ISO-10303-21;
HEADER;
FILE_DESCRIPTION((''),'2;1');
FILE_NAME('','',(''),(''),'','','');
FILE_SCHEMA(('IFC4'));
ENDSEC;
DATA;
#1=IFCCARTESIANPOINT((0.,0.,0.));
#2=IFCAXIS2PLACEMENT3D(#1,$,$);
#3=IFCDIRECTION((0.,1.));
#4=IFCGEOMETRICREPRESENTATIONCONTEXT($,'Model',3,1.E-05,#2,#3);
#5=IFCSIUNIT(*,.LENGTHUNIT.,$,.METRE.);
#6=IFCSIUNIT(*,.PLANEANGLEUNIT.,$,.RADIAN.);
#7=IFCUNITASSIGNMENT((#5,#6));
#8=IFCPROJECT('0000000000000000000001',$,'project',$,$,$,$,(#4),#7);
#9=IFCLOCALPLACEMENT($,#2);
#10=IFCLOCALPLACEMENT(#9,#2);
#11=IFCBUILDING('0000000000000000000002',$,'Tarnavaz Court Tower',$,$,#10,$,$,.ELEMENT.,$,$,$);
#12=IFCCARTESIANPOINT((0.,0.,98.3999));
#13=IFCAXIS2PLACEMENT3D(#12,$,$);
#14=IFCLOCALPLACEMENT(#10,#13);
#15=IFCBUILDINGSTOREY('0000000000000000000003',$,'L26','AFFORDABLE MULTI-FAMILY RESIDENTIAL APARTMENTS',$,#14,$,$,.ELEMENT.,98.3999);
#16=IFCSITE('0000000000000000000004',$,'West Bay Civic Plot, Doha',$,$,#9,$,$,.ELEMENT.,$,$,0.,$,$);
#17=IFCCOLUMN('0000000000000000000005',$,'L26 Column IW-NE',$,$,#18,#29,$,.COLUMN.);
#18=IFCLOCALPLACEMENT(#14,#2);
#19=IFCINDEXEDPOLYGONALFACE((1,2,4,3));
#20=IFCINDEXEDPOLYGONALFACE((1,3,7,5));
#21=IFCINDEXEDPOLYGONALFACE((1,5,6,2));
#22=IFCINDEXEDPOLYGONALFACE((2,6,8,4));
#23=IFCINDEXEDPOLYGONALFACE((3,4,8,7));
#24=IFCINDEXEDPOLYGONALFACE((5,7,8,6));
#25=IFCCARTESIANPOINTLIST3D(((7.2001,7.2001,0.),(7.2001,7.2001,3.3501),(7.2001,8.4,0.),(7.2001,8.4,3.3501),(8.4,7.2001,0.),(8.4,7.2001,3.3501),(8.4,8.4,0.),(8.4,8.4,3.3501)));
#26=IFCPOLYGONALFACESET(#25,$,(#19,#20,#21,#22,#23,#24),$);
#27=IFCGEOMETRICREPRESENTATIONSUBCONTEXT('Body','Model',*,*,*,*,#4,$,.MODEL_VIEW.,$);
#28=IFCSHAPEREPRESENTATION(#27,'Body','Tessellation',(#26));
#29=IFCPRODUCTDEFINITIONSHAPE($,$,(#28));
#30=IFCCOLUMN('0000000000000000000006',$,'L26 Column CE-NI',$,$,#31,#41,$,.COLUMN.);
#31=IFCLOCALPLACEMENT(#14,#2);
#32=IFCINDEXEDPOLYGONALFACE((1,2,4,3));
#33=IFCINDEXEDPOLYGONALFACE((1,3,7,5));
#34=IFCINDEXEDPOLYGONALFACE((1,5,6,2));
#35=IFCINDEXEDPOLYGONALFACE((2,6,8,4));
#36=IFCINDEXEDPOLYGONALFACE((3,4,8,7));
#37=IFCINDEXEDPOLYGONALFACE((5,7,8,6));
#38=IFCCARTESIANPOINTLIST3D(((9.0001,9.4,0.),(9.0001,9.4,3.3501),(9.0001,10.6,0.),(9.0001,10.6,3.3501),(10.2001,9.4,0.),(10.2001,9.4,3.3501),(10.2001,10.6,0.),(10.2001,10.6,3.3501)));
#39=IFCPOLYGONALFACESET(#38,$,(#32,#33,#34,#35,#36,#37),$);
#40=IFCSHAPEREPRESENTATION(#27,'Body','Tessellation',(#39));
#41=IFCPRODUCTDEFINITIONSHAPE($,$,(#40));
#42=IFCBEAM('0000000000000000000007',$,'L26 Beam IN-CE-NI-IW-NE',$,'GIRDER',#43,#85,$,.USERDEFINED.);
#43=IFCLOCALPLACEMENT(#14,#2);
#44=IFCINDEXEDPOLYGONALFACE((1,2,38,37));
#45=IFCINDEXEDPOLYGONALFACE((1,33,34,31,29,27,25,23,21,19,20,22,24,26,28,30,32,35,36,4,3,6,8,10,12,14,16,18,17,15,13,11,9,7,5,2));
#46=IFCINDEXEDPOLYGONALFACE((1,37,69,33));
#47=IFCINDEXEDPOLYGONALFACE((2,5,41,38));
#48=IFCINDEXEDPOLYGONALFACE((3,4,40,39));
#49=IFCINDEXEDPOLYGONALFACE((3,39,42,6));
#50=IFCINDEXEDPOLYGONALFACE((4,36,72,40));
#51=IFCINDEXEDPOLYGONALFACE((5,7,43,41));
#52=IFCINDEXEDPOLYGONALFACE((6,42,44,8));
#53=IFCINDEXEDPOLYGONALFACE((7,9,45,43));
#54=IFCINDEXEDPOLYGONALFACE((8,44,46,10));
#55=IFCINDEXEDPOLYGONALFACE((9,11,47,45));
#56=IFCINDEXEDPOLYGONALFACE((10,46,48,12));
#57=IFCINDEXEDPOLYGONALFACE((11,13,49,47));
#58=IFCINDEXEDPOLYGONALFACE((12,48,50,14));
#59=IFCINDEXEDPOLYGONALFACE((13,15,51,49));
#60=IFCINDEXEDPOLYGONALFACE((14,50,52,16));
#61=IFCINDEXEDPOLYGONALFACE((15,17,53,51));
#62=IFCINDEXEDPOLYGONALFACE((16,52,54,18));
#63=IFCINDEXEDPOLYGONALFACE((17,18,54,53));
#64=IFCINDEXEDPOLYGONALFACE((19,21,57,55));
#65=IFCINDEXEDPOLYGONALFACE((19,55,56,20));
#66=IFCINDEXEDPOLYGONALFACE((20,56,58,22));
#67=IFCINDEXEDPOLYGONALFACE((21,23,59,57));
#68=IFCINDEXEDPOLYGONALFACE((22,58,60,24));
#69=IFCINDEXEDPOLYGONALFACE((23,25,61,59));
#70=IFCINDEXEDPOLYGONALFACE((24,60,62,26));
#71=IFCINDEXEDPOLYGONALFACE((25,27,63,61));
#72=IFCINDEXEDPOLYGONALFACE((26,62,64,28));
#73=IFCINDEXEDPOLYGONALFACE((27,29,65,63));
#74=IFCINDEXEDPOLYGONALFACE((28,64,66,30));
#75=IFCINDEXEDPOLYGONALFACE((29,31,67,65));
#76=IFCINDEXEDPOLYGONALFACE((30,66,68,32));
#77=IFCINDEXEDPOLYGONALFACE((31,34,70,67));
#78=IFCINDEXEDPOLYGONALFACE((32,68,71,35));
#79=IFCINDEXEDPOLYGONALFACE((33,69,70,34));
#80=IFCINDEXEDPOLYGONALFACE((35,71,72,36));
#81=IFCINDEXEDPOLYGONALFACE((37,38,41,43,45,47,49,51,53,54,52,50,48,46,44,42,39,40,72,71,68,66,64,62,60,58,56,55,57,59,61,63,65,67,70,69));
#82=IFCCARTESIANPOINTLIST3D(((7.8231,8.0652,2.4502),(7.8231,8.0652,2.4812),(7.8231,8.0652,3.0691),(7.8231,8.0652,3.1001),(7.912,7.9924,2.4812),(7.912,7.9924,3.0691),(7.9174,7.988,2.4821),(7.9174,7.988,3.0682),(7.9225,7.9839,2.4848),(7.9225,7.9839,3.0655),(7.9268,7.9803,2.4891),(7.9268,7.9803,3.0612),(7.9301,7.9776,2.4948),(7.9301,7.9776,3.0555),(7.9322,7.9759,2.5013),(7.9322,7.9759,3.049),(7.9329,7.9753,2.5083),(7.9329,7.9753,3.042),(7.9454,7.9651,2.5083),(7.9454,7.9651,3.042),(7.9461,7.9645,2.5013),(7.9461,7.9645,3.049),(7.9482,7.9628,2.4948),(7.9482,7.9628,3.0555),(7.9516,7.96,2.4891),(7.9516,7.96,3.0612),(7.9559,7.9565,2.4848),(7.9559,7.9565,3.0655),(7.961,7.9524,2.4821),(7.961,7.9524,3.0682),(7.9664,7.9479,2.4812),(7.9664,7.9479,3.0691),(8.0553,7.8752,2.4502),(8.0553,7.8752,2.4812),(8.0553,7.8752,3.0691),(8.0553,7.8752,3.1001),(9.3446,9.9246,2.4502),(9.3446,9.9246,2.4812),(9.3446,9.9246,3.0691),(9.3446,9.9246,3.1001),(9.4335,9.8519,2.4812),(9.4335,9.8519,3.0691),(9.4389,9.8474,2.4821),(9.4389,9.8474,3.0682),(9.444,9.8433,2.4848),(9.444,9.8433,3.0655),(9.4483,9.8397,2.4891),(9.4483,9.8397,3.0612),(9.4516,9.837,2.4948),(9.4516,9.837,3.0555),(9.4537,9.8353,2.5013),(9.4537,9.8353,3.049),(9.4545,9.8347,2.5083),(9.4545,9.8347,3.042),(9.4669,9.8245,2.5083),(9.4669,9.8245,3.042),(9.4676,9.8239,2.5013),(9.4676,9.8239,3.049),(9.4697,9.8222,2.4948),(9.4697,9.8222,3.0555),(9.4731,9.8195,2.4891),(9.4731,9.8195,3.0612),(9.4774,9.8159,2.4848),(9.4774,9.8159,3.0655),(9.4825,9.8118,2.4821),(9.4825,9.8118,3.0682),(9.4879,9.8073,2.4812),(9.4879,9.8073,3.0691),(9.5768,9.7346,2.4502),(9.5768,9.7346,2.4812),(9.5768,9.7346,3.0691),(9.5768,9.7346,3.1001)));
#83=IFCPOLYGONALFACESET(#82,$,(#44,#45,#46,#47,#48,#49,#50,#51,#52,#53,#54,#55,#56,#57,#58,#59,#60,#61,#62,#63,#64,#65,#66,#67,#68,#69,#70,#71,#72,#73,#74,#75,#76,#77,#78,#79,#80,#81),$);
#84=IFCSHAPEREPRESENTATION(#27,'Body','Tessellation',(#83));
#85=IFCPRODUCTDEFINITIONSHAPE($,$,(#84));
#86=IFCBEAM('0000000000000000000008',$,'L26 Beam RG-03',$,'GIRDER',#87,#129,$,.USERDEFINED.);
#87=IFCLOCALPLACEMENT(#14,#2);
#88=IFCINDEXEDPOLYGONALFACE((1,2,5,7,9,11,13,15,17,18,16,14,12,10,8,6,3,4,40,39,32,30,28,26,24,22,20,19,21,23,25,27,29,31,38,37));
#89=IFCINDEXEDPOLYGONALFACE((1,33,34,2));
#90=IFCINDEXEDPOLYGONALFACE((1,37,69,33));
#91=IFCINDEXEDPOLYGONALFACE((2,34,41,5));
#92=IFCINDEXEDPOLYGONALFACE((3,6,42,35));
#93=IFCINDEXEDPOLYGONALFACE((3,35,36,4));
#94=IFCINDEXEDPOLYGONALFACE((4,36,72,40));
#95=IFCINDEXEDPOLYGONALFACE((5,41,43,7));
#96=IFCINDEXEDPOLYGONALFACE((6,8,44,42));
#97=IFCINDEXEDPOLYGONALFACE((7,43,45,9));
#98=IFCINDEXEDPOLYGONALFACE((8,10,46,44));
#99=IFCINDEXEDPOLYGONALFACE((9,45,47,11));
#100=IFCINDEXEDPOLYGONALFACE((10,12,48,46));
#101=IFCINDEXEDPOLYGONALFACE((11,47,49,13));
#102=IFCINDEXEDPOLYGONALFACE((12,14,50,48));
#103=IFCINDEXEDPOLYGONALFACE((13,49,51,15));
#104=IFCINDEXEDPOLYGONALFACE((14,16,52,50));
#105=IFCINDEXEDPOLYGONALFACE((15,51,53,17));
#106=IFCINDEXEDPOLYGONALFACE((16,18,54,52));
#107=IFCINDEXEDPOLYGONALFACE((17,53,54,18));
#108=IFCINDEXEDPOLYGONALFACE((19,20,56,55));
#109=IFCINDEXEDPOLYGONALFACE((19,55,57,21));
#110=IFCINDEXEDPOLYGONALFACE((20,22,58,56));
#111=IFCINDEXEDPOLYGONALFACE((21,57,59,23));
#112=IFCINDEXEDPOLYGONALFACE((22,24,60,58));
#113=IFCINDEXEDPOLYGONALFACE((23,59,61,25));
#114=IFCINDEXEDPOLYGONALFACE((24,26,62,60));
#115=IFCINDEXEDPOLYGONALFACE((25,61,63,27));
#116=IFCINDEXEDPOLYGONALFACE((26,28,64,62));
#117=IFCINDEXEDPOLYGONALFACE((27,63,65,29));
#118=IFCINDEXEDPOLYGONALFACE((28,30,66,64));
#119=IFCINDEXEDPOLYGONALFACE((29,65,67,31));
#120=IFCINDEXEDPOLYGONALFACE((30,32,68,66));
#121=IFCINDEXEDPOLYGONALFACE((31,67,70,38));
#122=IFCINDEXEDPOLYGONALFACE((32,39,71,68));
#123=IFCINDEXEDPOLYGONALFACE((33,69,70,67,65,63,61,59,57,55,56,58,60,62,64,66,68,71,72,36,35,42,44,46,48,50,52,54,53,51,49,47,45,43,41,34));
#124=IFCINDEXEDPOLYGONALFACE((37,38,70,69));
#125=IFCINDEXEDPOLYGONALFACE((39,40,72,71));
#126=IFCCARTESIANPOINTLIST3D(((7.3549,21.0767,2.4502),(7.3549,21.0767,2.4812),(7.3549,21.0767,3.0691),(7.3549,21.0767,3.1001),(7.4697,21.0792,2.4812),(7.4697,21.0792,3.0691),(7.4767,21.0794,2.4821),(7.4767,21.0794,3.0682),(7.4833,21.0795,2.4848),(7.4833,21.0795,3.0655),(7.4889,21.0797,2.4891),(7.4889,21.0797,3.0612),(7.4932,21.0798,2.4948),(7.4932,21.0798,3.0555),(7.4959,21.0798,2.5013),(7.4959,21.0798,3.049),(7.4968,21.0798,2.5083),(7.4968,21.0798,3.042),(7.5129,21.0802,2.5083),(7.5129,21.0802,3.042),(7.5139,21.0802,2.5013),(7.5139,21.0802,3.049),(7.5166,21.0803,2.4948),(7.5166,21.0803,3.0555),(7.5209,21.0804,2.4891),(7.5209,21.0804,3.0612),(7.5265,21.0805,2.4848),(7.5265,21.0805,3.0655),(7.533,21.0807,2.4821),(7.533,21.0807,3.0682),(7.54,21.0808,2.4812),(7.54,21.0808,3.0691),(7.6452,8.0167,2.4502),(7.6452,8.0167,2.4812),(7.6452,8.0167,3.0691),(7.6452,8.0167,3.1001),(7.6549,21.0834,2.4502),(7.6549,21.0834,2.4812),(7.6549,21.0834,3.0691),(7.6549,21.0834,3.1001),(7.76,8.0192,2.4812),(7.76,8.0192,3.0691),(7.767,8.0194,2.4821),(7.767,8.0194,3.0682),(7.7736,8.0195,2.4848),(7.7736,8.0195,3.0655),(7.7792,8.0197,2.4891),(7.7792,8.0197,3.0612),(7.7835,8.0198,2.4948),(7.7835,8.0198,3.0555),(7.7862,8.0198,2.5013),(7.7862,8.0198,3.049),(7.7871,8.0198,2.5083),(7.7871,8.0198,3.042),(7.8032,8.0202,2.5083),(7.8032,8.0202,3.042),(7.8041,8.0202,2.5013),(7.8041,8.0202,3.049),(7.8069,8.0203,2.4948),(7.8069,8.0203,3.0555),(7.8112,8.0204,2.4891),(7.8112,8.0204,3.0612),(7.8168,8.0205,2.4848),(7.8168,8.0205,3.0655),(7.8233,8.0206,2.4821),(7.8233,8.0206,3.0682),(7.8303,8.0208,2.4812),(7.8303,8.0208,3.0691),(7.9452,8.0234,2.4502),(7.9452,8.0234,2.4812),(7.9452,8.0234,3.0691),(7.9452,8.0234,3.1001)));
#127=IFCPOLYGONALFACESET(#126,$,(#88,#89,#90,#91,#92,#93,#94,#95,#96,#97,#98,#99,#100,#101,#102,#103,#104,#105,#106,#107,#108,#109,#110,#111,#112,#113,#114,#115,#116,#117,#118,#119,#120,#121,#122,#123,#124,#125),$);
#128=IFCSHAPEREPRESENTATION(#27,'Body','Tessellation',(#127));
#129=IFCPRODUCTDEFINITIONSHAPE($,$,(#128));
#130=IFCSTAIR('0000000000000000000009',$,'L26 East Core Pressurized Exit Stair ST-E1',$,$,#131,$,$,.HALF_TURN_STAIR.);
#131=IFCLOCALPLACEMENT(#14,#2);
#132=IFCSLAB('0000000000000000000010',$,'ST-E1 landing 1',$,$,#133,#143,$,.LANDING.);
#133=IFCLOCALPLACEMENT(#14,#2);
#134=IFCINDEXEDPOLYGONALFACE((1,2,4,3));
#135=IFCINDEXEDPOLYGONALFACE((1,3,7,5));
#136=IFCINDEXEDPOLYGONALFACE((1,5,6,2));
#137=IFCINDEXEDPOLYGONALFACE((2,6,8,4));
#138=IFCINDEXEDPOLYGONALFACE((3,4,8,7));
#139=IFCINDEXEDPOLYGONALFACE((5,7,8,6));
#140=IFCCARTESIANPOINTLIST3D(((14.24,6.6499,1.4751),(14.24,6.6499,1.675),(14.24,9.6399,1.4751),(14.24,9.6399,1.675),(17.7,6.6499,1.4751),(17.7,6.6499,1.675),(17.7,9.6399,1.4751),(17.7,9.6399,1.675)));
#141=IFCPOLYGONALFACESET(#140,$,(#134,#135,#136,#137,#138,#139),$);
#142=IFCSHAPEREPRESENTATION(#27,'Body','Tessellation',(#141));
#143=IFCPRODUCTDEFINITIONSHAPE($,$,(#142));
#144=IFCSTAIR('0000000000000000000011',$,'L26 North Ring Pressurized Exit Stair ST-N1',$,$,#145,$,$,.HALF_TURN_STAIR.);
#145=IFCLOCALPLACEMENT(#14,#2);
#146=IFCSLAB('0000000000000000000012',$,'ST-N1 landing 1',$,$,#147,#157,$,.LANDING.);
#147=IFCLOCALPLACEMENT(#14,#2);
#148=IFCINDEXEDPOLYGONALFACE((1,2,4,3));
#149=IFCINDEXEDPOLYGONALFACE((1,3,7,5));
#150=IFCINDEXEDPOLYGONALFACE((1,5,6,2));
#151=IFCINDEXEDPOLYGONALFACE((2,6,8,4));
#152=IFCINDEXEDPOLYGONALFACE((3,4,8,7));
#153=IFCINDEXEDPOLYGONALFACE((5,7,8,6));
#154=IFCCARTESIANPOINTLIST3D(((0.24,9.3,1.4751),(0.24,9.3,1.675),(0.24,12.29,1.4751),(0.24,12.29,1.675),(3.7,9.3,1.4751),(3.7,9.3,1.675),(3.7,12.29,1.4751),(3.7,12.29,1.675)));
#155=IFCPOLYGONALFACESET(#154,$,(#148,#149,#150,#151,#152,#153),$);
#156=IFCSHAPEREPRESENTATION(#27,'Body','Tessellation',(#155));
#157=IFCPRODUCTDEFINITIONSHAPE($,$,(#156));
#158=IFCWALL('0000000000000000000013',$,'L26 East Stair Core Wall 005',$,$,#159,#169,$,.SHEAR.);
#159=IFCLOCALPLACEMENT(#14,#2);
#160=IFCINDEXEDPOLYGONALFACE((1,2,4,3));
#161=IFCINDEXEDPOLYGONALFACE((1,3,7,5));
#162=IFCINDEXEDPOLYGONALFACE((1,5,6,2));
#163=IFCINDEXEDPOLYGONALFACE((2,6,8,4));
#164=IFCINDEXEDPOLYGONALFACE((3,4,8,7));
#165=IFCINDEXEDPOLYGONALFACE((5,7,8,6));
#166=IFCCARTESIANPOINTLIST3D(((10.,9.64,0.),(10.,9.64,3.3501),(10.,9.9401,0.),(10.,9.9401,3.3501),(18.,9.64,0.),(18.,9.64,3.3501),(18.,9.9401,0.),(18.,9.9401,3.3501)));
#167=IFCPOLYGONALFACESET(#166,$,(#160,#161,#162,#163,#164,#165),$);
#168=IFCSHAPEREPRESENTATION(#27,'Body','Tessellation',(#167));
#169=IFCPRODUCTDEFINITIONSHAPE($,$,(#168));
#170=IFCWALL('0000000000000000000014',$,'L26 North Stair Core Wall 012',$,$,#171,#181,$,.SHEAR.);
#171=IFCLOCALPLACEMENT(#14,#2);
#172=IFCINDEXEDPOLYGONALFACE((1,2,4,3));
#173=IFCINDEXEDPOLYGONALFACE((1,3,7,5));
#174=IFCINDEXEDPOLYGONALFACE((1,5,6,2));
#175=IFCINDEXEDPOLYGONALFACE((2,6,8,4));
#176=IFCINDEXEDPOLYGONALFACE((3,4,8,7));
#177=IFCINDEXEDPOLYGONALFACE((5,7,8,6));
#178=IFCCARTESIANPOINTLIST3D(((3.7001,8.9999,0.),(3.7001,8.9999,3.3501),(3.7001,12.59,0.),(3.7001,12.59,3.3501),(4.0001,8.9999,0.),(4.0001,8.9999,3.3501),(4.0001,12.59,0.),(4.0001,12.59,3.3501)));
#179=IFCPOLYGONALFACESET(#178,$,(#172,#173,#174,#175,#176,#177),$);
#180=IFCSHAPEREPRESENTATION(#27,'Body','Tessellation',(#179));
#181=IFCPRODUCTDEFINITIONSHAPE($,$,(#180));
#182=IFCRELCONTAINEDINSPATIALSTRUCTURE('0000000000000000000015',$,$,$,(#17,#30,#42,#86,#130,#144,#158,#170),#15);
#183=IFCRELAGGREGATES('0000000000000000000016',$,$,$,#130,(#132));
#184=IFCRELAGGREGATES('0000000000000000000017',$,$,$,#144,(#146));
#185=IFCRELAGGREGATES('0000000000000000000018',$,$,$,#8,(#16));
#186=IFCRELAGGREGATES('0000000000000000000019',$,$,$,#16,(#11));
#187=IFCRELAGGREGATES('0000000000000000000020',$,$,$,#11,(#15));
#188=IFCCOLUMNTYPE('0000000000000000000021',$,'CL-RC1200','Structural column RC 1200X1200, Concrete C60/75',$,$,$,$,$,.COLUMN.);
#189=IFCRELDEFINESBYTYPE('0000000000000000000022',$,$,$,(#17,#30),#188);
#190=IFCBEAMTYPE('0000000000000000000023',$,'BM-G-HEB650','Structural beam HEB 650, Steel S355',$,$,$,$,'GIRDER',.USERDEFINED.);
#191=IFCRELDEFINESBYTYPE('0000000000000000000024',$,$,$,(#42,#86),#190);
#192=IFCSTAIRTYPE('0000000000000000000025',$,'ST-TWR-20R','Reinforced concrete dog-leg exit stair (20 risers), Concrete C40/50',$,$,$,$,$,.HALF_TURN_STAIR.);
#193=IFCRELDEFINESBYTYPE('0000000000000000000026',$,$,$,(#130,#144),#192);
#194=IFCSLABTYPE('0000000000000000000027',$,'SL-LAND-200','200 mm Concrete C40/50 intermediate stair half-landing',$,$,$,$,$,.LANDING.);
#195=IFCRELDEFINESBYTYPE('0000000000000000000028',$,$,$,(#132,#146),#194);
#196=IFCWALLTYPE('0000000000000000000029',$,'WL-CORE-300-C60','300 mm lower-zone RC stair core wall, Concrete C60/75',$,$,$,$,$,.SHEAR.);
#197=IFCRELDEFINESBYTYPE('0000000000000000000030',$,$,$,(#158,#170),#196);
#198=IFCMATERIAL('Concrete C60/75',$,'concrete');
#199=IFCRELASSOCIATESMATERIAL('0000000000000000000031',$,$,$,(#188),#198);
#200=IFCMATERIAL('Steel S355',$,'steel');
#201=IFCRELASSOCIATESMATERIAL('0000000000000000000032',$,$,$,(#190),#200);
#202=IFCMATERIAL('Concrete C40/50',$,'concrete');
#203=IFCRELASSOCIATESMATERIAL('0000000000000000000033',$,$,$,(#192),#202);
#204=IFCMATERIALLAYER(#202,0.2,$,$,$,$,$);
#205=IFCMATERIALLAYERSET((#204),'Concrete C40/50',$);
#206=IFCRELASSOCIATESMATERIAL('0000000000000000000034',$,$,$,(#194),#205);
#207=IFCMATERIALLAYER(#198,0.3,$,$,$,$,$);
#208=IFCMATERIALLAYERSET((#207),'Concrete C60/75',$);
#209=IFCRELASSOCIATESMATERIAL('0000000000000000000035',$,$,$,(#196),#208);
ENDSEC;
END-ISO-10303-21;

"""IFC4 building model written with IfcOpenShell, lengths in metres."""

from ifc_helpers import new_model, si_unit, direction, frame, frame_2d, origin, origin_2d, place, context, subcontext, project, spatial, polyline, rectangle, i_section, outline, extrude, material, layer, layer_set, material_profile, profile_set, type_object, element, aggregate, save


model = new_model("IFC4")

# Units and contexts
model_context = context("Model", 3, precision=1e-05, world=origin(), true_north=direction((0.0, 1.0)))
body_context = subcontext(model_context, "Body", "Model", "MODEL_VIEW")
ifc_project = project(units=[si_unit("LENGTHUNIT", "METRE"), si_unit("PLANEANGLEUNIT", "RADIAN")], contexts=[model_context])

# Site, building, storey
site_placement = place(None, origin())
site = spatial("IfcSite", under=ifc_project, at=site_placement, Name="West Bay Civic Plot, Doha", CompositionType="ELEMENT", RefElevation=0.0)
building_placement = place(site_placement, origin())
building = spatial("IfcBuilding", under=site, at=building_placement, Name="Tarnavaz Court Tower", CompositionType="ELEMENT")
storey_placement = place(building_placement, frame((0.0, 0.0, 98.3999)))
storey = spatial("IfcBuildingStorey", under=building, at=storey_placement, Name="L26", Description="AFFORDABLE MULTI-FAMILY RESIDENTIAL APARTMENTS", CompositionType="ELEMENT", Elevation=98.3999)

# Columns
ifc_material_1 = material(Name="Concrete C60/75", Category="concrete")
ifc_material_profile_1 = material_profile(ifc_material_1, rectangle(XDim=1.2, YDim=1.2, at=origin_2d()), Name="RC 1200X1200")
ifc_profile_set_1 = profile_set([ifc_material_profile_1], Name="Concrete C60/75")
column_type = type_object("IfcColumnType", Name="CL-RC1200", Description="Structural column RC 1200X1200, Concrete C60/75", PredefinedType="COLUMN", material=ifc_profile_set_1)
for number, where, z_axis, x_axis, name in (
    (1, (7.8, 7.8, 0.0), (0.0, 0.0, 1.0), (1.0, 0.0, 0.0), "L26 Column IW-NE"),
    (2, (9.6001, 10.0, 0.0), (0.0, 0.0, 1.0), (1.0, 0.0, 0.0), "L26 Column CE-NI"),
):
    element("IfcColumn", number, at=place(storey_placement, frame(where, z_axis=z_axis, x_axis=x_axis)), inside=storey, type_object=column_type, Name=name, PredefinedType="COLUMN", context=body_context, shape_type="SweptSolid", body=[
        extrude(rectangle(XDim=1.2, YDim=1.2, at=origin_2d()), origin(), (0.0, 0.0, 1.0), 3.3501),
    ])

# Beams
ifc_material_2 = material(Name="Steel S355", Category="steel")
ifc_material_profile_2 = material_profile(ifc_material_2, i_section(OverallWidth=0.3, OverallDepth=0.6499, WebThickness=0.0161, FlangeThickness=0.031, FilletRadius=0.0271, at=origin_2d()), Name="HEB 650")
ifc_profile_set_2 = profile_set([ifc_material_profile_2], Name="Steel S355")
beam_type = type_object("IfcBeamType", Name="BM-G-HEB650", Description="Structural beam HEB 650, Steel S355", ElementType="GIRDER", PredefinedType="USERDEFINED", material=ifc_profile_set_2)
beam_1_placement = place(storey_placement, frame((9.4607, 9.8296, 2.7751), z_axis=(-0.633282, -0.773921, 0.0), x_axis=(0.773921, -0.633282, 0.0)))
element("IfcBeam", 3, at=beam_1_placement, inside=storey, type_object=beam_type, Name="L26 Beam IN-CE-NI-IW-NE", ObjectType="GIRDER", PredefinedType="USERDEFINED", context=body_context, shape_type="SweptSolid", body=[
    extrude(i_section(OverallWidth=0.3, OverallDepth=0.6499, WebThickness=0.0161, FlangeThickness=0.031, FilletRadius=0.0271, at=origin_2d()), origin(), (0.0, 0.0, 1.0), 2.4026),
])
beam_2_placement = place(storey_placement, frame((7.7952, 8.02, 2.7751), z_axis=(-0.022221, 0.999753, 0.0), x_axis=(-0.999753, -0.022221, 0.0)))
element("IfcBeam", 4, at=beam_2_placement, inside=storey, type_object=beam_type, Name="L26 Beam RG-03", ObjectType="GIRDER", PredefinedType="USERDEFINED", context=body_context, shape_type="SweptSolid", body=[
    extrude(i_section(OverallWidth=0.3, OverallDepth=0.6499, WebThickness=0.0161, FlangeThickness=0.031, FilletRadius=0.0271, at=origin_2d()), origin(), (0.0, 0.0, 1.0), 13.0632),
])

# Stairs, slabs
ifc_material_3 = material(Name="Concrete C40/50", Category="concrete")
stair_type = type_object("IfcStairType", Name="ST-TWR-20R", Description="Reinforced concrete dog-leg exit stair (20 risers), Concrete C40/50", PredefinedType="HALF_TURN_STAIR", material=ifc_material_3)
stair_1_placement = place(storey_placement, origin())
stair_1 = element("IfcStair", 5, at=stair_1_placement, inside=storey, type_object=stair_type, Name="L26 East Core Pressurized Exit Stair ST-E1", PredefinedType="HALF_TURN_STAIR")
ifc_layer_1 = layer(ifc_material_3, 0.2)
ifc_layer_set_1 = layer_set([ifc_layer_1], Name="Concrete C40/50")
slab_type = type_object("IfcSlabType", Name="SL-LAND-200", Description="200 mm Concrete C40/50 intermediate stair half-landing", PredefinedType="LANDING", material=ifc_layer_set_1)
slab_1_placement = place(storey_placement, frame((0.0, 0.0, 1.4751)))
slab_1 = element("IfcSlab", 6, at=slab_1_placement, type_object=slab_type, Name="ST-E1 landing 1", PredefinedType="LANDING", context=body_context, shape_type="SweptSolid", body=[
    extrude(outline(polyline([(14.24, 6.6499), (17.7, 6.6499), (17.7, 9.6399), (14.24, 9.6399), (14.24, 6.6499)])), origin(), (0.0, 0.0, 1.0), 0.2),
])
aggregate(stair_1, [slab_1])
stair_2_placement = place(storey_placement, origin())
stair_2 = element("IfcStair", 7, at=stair_2_placement, inside=storey, type_object=stair_type, Name="L26 North Ring Pressurized Exit Stair ST-N1", PredefinedType="HALF_TURN_STAIR")
slab_2_placement = place(storey_placement, frame((0.0, 0.0, 1.4751)))
slab_2 = element("IfcSlab", 8, at=slab_2_placement, type_object=slab_type, Name="ST-N1 landing 1", PredefinedType="LANDING", context=body_context, shape_type="SweptSolid", body=[
    extrude(outline(polyline([(0.24, 9.3), (3.7, 9.3), (3.7, 12.29), (0.24, 12.29), (0.24, 9.3)])), origin(), (0.0, 0.0, 1.0), 0.2),
])

# Wall
ifc_layer_2 = layer(ifc_material_1, 0.3)
ifc_layer_set_2 = layer_set([ifc_layer_2], Name="Concrete C60/75")
wall_type_1 = type_object("IfcWallType", Name="WL-CORE-300-C60", Description="300 mm lower-zone RC stair core wall, Concrete C60/75", PredefinedType="SHEAR", material=ifc_layer_set_2)
wall_1_placement = place(storey_placement, frame((10.0, 9.79, 0.0), z_axis=(0.0, 0.0, 1.0), x_axis=(1.0, 0.0, 0.0)))
element("IfcWall", 9, at=wall_1_placement, inside=storey, type_object=wall_type_1, Name="L26 East Stair Core Wall 005", PredefinedType="SHEAR", context=body_context, shape_type="SweptSolid", body=[
    extrude(rectangle(XDim=8.0, YDim=0.3, at=frame_2d((4.0, 0.0))), origin(), (0.0, 0.0, 1.0), 3.3501),
])

# Wall
wall_2_placement = place(storey_placement, frame((3.8501, 9.0, 0.0), z_axis=(0.0, 0.0, 1.0), x_axis=(0.0, 1.0, 0.0)))
element("IfcWall", 10, at=wall_2_placement, inside=storey, type_object=wall_type_1, Name="L26 North Stair Core Wall 012", PredefinedType="SHEAR", context=body_context, shape_type="SweptSolid", body=[
    extrude(rectangle(XDim=3.5901, YDim=0.3, at=frame_2d((1.7949, 0.0))), origin(), (0.0, 0.0, 1.0), 3.3501),
])

aggregate(stair_2, [slab_2])

save(model, "model.ifc")
